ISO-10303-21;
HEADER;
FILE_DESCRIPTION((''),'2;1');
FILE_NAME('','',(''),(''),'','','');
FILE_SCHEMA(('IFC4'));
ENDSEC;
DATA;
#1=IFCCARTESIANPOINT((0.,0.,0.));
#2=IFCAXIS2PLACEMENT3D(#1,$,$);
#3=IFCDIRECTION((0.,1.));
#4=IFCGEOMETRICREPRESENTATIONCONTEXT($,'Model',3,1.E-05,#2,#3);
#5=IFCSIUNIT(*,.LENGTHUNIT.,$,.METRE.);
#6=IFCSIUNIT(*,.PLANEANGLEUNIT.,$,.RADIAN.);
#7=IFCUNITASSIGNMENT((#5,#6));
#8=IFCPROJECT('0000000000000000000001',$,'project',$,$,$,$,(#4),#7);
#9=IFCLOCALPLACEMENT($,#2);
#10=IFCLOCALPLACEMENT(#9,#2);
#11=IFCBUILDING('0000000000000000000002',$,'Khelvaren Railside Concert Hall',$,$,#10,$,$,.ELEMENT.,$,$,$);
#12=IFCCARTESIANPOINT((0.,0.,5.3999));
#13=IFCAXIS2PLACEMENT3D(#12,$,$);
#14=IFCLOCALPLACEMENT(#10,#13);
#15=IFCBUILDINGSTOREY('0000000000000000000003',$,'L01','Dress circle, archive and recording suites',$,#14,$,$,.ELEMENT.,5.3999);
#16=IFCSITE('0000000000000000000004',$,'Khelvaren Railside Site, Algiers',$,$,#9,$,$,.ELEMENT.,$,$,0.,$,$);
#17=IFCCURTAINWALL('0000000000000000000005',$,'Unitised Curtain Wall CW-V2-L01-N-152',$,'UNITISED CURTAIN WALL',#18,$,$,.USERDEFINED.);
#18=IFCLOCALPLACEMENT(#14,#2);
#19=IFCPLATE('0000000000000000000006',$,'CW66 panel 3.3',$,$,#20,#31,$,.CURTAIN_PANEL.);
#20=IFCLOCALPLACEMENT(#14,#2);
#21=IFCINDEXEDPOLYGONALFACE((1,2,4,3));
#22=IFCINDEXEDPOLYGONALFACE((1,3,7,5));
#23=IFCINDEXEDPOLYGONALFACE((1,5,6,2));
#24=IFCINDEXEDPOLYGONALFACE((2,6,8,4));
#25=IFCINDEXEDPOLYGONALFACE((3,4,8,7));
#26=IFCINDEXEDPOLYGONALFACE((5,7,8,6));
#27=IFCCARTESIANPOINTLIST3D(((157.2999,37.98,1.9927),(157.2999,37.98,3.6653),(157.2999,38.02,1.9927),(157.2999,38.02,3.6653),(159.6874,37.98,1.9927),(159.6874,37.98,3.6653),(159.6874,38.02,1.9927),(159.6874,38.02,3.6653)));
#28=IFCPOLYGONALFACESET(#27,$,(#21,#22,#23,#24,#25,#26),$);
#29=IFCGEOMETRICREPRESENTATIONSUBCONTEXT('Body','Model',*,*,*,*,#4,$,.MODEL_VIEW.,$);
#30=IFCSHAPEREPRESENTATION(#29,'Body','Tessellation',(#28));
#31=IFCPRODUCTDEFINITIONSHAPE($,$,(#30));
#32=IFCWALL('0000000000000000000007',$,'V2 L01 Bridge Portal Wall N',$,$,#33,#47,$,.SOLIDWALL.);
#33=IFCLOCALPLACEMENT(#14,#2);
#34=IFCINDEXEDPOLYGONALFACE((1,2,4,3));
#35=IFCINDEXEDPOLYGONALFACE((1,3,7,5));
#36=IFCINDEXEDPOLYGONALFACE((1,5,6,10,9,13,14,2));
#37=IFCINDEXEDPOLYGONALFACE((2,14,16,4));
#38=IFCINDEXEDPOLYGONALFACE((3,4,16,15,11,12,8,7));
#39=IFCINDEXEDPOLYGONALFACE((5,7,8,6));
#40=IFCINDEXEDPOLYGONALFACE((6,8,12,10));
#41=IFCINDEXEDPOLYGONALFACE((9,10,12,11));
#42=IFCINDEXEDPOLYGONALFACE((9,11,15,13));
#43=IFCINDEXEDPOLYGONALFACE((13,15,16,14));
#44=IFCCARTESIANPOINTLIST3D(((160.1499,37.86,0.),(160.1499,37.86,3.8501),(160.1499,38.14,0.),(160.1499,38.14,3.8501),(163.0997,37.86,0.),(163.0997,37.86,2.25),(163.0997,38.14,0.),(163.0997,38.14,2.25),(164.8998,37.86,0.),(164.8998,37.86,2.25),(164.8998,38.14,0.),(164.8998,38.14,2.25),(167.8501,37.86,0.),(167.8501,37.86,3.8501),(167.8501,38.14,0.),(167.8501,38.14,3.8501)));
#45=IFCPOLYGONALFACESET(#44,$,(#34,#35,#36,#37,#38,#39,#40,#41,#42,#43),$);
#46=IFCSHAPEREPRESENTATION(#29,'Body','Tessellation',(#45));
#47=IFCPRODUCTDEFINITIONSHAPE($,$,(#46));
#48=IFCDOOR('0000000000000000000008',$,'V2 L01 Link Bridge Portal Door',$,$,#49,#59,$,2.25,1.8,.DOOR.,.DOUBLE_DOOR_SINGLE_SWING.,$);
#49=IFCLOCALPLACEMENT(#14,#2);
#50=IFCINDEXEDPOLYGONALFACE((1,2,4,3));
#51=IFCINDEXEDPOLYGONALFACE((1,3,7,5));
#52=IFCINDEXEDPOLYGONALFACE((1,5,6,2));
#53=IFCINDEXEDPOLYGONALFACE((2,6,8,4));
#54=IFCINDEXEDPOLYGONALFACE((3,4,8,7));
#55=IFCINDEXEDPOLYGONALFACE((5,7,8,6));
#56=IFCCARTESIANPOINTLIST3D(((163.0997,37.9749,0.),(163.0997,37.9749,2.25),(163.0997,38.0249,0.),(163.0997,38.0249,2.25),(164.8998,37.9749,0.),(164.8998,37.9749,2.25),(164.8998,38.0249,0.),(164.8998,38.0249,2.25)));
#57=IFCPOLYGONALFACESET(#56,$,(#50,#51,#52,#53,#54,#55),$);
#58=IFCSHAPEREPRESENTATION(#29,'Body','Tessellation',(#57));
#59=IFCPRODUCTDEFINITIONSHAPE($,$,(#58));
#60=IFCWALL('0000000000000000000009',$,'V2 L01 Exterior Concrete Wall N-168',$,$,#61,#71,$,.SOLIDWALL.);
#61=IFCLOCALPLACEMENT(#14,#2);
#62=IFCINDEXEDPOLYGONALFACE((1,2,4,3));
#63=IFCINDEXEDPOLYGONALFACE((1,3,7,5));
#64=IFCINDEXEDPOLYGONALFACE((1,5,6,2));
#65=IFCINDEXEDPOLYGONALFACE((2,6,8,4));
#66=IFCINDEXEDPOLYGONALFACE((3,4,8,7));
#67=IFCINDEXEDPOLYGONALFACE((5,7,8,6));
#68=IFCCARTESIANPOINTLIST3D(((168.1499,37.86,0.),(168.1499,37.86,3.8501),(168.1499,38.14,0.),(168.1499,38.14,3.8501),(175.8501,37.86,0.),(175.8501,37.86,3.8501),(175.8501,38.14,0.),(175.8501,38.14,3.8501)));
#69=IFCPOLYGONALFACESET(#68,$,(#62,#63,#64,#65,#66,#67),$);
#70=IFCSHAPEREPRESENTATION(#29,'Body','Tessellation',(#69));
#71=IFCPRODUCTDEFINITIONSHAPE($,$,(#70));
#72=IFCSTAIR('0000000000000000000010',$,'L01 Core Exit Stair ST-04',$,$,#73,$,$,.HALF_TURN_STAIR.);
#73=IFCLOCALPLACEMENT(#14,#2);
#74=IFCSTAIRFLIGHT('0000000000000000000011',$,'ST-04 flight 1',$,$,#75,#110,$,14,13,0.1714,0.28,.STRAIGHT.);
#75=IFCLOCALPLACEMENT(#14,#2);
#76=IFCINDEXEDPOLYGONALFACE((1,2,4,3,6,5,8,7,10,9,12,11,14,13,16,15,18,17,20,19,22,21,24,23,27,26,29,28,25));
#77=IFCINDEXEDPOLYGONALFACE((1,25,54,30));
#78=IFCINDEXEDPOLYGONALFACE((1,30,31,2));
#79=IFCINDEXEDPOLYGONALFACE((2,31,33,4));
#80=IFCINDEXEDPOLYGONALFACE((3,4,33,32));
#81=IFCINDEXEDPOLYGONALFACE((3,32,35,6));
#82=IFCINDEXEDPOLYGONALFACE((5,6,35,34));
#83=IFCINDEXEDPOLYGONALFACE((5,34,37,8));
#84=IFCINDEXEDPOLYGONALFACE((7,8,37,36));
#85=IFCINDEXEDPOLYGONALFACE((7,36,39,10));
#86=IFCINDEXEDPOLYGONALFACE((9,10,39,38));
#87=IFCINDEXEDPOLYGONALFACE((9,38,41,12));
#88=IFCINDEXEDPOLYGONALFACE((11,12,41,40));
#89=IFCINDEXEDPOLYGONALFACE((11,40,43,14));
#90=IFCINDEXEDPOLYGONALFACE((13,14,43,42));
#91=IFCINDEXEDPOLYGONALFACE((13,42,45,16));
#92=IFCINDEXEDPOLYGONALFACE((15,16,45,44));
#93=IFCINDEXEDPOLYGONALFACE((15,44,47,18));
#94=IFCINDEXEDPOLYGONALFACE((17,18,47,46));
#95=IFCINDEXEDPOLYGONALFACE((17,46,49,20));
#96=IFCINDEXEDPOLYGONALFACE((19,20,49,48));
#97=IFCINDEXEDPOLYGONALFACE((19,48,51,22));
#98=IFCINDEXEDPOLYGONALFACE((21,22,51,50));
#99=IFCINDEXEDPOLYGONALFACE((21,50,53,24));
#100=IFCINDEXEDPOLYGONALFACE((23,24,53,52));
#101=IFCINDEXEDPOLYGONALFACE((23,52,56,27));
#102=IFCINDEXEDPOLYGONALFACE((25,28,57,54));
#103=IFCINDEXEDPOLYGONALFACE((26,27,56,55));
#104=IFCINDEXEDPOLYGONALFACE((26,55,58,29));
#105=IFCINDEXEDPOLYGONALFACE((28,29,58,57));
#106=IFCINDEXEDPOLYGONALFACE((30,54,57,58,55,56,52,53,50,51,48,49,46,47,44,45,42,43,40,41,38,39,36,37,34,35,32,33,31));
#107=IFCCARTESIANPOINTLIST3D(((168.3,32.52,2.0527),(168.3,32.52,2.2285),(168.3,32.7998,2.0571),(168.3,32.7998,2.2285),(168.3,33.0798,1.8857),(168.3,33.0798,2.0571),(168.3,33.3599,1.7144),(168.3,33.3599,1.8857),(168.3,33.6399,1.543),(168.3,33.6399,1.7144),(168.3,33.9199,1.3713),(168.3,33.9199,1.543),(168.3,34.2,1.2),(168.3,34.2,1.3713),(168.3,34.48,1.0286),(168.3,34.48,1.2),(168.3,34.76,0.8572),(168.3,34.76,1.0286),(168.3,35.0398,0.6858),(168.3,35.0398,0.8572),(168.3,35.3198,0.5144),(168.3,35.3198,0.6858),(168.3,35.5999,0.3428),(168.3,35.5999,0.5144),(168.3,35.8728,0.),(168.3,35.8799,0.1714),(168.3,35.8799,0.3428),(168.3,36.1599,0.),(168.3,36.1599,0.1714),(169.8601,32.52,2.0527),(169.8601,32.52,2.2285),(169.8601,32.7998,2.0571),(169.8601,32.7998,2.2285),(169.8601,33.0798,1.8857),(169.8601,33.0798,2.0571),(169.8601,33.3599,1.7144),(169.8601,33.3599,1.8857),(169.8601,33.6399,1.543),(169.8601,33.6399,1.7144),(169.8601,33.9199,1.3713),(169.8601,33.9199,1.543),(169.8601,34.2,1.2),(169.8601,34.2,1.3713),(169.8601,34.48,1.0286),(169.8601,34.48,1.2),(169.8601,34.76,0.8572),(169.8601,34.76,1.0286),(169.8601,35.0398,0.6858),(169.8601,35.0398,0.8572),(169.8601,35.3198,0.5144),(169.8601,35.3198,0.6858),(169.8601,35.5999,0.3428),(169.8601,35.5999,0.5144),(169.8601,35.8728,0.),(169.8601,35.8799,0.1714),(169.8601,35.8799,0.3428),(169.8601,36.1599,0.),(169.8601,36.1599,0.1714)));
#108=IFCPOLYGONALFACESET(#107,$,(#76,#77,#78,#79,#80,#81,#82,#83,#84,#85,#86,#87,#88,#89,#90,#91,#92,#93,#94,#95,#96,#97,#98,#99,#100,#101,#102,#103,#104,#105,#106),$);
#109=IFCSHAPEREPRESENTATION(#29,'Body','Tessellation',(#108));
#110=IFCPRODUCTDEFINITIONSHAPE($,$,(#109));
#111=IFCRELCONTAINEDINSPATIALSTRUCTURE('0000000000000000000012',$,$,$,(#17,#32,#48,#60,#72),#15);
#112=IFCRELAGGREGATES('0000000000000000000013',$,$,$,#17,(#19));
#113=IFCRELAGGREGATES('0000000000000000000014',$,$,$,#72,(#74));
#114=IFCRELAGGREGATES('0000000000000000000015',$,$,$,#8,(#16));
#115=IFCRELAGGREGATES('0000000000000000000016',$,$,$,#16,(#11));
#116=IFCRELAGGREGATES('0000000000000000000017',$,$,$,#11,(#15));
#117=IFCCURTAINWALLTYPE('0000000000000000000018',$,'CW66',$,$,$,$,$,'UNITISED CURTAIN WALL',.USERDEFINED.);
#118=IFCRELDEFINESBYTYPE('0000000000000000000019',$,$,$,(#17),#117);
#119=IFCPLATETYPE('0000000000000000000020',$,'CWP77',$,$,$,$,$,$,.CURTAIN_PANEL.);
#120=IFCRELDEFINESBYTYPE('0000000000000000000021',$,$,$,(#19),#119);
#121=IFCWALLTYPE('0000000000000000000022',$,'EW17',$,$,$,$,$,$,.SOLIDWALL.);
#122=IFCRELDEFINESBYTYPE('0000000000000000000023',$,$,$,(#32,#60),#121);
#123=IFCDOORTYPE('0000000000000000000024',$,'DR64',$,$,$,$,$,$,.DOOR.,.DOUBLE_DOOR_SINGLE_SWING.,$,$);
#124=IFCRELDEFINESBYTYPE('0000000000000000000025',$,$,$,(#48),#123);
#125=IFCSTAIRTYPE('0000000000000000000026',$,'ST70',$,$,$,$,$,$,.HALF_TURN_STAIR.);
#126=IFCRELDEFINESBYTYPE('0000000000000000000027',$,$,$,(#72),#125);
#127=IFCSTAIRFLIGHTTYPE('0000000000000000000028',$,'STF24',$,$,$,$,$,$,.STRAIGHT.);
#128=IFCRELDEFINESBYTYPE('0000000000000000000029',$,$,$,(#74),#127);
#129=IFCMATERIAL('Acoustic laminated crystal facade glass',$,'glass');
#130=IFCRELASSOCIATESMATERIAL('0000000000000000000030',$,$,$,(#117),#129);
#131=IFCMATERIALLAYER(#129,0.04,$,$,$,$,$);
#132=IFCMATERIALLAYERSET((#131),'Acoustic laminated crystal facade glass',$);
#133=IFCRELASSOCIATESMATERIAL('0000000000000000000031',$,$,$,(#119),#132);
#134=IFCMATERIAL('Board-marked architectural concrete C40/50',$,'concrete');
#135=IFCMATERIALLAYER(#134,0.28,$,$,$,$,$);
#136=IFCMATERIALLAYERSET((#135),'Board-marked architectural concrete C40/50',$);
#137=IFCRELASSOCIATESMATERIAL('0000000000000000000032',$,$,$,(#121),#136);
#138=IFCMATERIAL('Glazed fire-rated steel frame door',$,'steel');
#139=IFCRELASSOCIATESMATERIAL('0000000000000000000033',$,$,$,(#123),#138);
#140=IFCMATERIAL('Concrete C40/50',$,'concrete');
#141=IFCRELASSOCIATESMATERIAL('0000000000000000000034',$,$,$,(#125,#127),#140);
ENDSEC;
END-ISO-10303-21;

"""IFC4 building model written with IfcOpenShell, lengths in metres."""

from ifc_helpers import new_model, si_unit, direction, frame, frame_2d, origin, origin_2d, place, context, subcontext, project, spatial, polyline, rectangle, outline, extrude, material, layer, layer_set, type_object, element, fill, aggregate, save


model = new_model("IFC4")

# Units and contexts
model_context = context("Model", 3, precision=1e-05, world=origin(), true_north=direction((0.0, 1.0)))
body_context = subcontext(model_context, "Body", "Model", "MODEL_VIEW")
ifc_project = project(units=[si_unit("LENGTHUNIT", "METRE"), si_unit("PLANEANGLEUNIT", "RADIAN")], contexts=[model_context])

# Site, building, storey
site_placement = place(None, origin())
site = spatial("IfcSite", under=ifc_project, at=site_placement, Name="Khelvaren Railside Site, Algiers", CompositionType="ELEMENT", RefElevation=0.0)
building_placement = place(site_placement, origin())
building = spatial("IfcBuilding", under=site, at=building_placement, Name="Khelvaren Railside Concert Hall", CompositionType="ELEMENT")
storey_placement = place(building_placement, frame((0.0, 0.0, 5.3999)))
storey = spatial("IfcBuildingStorey", under=building, at=storey_placement, Name="L01", Description="Dress circle, archive and recording suites", CompositionType="ELEMENT", Elevation=5.3999)

# Curtain wall
ifc_material_1 = material(Name="Acoustic laminated crystal facade glass", Category="glass")
curtain_wall_type = type_object("IfcCurtainWallType", Name="CW66", ElementType="UNITISED CURTAIN WALL", PredefinedType="USERDEFINED", material=ifc_material_1)
curtain_wall_placement = place(storey_placement, origin())
curtain_wall = element("IfcCurtainWall", 1, at=curtain_wall_placement, inside=storey, type_object=curtain_wall_type, Name="Unitised Curtain Wall CW-V2-L01-N-152", ObjectType="UNITISED CURTAIN WALL", PredefinedType="USERDEFINED")

# Shared definitions
ifc_material_2 = material(Name="Concrete C40/50", Category="concrete")

# Plate
ifc_layer_1 = layer(ifc_material_1, 0.04)
ifc_layer_set_1 = layer_set([ifc_layer_1], Name="Acoustic laminated crystal facade glass")
plate_type = type_object("IfcPlateType", Name="CWP77", PredefinedType="CURTAIN_PANEL", material=ifc_layer_set_1)
plate_1_placement = place(storey_placement, frame((158.4937, 38.0, 1.9927), z_axis=(0.0, 0.0, 1.0), x_axis=(1.0, 0.0, 0.0)))
plate_1 = element("IfcPlate", 2, at=plate_1_placement, type_object=plate_type, Name="CW66 panel 3.3", PredefinedType="CURTAIN_PANEL", context=body_context, shape_type="SweptSolid", body=[
    extrude(rectangle(XDim=2.3875, YDim=0.04, at=origin_2d()), origin(), (0.0, 0.0, 1.0), 1.6726),
])
aggregate(curtain_wall, [plate_1])

# Wall, opening, door
ifc_material_3 = material(Name="Board-marked architectural concrete C40/50", Category="concrete")
ifc_layer_2 = layer(ifc_material_3, 0.28)
ifc_layer_set_2 = layer_set([ifc_layer_2], Name="Board-marked architectural concrete C40/50")
wall_type = type_object("IfcWallType", Name="EW17", PredefinedType="SOLIDWALL", material=ifc_layer_set_2)
wall_1_placement = place(storey_placement, frame((160.1499, 38.0, 0.0), z_axis=(0.0, 0.0, 1.0), x_axis=(1.0, 0.0, 0.0)))
wall_1 = element("IfcWall", 3, at=wall_1_placement, inside=storey, type_object=wall_type, Name="V2 L01 Bridge Portal Wall N", PredefinedType="SOLIDWALL", context=body_context, shape_type="SweptSolid", body=[
    extrude(rectangle(XDim=7.7002, YDim=0.28, at=frame_2d((3.8501, 0.0))), origin(), (0.0, 0.0, 1.0), 3.8501),
])
opening_placement = place(wall_1_placement, frame((2.95, 0.0, 0.0)))
opening = element("IfcOpeningElement", 4, at=opening_placement, cuts=wall_1, PredefinedType="OPENING", context=body_context, shape_type="SweptSolid", body=[
    extrude(rectangle(XDim=1.8, YDim=2.25, at=frame_2d((0.8999, 1.125))), frame((0.0, 0.1499, 0.0), z_axis=(0.0, -1.0, 0.0), x_axis=(1.0, 0.0, 0.0)), (0.0, 0.0, 1.0), 0.3),
])
ifc_material_4 = material(Name="Glazed fire-rated steel frame door", Category="steel")
door_type = type_object("IfcDoorType", Name="DR64", OperationType="DOUBLE_DOOR_SINGLE_SWING", PredefinedType="DOOR", material=ifc_material_4)
door_placement = place(opening_placement, origin())
door = element("IfcDoor", 5, at=door_placement, inside=storey, type_object=door_type, Name="V2 L01 Link Bridge Portal Door", OperationType="DOUBLE_DOOR_SINGLE_SWING", OverallHeight=2.25, OverallWidth=1.8, PredefinedType="DOOR", context=body_context, shape_type="SweptSolid", body=[
    extrude(rectangle(XDim=1.8, YDim=2.25, at=frame_2d((0.8999, 1.125))), frame((0.0, 0.0249, 0.0), z_axis=(0.0, -1.0, 0.0), x_axis=(1.0, 0.0, 0.0)), (0.0, 0.0, 1.0), 0.05),
])
fill(opening, door)

# Wall
wall_2_placement = place(storey_placement, frame((168.1499, 38.0, 0.0), z_axis=(0.0, 0.0, 1.0), x_axis=(1.0, 0.0, 0.0)))
element("IfcWall", 6, at=wall_2_placement, inside=storey, type_object=wall_type, Name="V2 L01 Exterior Concrete Wall N-168", PredefinedType="SOLIDWALL", context=body_context, shape_type="SweptSolid", body=[
    extrude(rectangle(XDim=7.7002, YDim=0.28, at=frame_2d((3.8501, 0.0))), origin(), (0.0, 0.0, 1.0), 3.8501),
])

# Stair, stair flight
stair_type = type_object("IfcStairType", Name="ST70", PredefinedType="HALF_TURN_STAIR", material=ifc_material_2)
stair_placement = place(storey_placement, origin())
stair = element("IfcStair", 7, at=stair_placement, inside=storey, type_object=stair_type, Name="L01 Core Exit Stair ST-04", PredefinedType="HALF_TURN_STAIR")
stair_flight_type = type_object("IfcStairFlightType", Name="STF24", PredefinedType="STRAIGHT", material=ifc_material_2)
stair_flight_placement = place(storey_placement, frame((169.0801, 36.1599, 0.0), z_axis=(0.0, 0.0, 1.0), x_axis=(0.0, -1.0, 0.0)))
stair_flight = element("IfcStairFlight", 8, at=stair_flight_placement, type_object=stair_flight_type, Name="ST-04 flight 1", NumberOfRisers=14, NumberOfTreads=13, PredefinedType="STRAIGHT", RiserHeight=0.1714, TreadLength=0.28, context=body_context, shape_type="SweptSolid", body=[
    extrude(outline(polyline([(0.0, 0.0), (0.0, 0.1714), (0.28, 0.1714), (0.28, 0.3428), (0.5601, 0.3428), (0.5601, 0.5144), (0.8401, 0.5144), (0.8401, 0.6858), (1.1201, 0.6858), (1.1201, 0.8572), (1.3999, 0.8572), (1.3999, 1.0286), (1.6799, 1.0286), (1.6799, 1.2), (1.96, 1.2), (1.96, 1.3713), (2.24, 1.3713), (2.24, 1.543), (2.52, 1.543), (2.52, 1.7144), (2.8, 1.7144), (2.8, 1.8857), (3.0801, 1.8857), (3.0801, 2.0571), (3.3601, 2.0571), (3.3601, 2.2285), (3.6399, 2.2285), (3.6399, 2.3999), (3.6399, 2.0527), (0.2871, 0.0), (0.0, 0.0)])), frame((0.0, 0.78, 0.0), z_axis=(0.0, -1.0, 0.0), x_axis=(1.0, 0.0, 0.0)), (0.0, 0.0, 1.0), 1.5601),
])
aggregate(stair, [stair_flight])

save(model, "model.ifc")
